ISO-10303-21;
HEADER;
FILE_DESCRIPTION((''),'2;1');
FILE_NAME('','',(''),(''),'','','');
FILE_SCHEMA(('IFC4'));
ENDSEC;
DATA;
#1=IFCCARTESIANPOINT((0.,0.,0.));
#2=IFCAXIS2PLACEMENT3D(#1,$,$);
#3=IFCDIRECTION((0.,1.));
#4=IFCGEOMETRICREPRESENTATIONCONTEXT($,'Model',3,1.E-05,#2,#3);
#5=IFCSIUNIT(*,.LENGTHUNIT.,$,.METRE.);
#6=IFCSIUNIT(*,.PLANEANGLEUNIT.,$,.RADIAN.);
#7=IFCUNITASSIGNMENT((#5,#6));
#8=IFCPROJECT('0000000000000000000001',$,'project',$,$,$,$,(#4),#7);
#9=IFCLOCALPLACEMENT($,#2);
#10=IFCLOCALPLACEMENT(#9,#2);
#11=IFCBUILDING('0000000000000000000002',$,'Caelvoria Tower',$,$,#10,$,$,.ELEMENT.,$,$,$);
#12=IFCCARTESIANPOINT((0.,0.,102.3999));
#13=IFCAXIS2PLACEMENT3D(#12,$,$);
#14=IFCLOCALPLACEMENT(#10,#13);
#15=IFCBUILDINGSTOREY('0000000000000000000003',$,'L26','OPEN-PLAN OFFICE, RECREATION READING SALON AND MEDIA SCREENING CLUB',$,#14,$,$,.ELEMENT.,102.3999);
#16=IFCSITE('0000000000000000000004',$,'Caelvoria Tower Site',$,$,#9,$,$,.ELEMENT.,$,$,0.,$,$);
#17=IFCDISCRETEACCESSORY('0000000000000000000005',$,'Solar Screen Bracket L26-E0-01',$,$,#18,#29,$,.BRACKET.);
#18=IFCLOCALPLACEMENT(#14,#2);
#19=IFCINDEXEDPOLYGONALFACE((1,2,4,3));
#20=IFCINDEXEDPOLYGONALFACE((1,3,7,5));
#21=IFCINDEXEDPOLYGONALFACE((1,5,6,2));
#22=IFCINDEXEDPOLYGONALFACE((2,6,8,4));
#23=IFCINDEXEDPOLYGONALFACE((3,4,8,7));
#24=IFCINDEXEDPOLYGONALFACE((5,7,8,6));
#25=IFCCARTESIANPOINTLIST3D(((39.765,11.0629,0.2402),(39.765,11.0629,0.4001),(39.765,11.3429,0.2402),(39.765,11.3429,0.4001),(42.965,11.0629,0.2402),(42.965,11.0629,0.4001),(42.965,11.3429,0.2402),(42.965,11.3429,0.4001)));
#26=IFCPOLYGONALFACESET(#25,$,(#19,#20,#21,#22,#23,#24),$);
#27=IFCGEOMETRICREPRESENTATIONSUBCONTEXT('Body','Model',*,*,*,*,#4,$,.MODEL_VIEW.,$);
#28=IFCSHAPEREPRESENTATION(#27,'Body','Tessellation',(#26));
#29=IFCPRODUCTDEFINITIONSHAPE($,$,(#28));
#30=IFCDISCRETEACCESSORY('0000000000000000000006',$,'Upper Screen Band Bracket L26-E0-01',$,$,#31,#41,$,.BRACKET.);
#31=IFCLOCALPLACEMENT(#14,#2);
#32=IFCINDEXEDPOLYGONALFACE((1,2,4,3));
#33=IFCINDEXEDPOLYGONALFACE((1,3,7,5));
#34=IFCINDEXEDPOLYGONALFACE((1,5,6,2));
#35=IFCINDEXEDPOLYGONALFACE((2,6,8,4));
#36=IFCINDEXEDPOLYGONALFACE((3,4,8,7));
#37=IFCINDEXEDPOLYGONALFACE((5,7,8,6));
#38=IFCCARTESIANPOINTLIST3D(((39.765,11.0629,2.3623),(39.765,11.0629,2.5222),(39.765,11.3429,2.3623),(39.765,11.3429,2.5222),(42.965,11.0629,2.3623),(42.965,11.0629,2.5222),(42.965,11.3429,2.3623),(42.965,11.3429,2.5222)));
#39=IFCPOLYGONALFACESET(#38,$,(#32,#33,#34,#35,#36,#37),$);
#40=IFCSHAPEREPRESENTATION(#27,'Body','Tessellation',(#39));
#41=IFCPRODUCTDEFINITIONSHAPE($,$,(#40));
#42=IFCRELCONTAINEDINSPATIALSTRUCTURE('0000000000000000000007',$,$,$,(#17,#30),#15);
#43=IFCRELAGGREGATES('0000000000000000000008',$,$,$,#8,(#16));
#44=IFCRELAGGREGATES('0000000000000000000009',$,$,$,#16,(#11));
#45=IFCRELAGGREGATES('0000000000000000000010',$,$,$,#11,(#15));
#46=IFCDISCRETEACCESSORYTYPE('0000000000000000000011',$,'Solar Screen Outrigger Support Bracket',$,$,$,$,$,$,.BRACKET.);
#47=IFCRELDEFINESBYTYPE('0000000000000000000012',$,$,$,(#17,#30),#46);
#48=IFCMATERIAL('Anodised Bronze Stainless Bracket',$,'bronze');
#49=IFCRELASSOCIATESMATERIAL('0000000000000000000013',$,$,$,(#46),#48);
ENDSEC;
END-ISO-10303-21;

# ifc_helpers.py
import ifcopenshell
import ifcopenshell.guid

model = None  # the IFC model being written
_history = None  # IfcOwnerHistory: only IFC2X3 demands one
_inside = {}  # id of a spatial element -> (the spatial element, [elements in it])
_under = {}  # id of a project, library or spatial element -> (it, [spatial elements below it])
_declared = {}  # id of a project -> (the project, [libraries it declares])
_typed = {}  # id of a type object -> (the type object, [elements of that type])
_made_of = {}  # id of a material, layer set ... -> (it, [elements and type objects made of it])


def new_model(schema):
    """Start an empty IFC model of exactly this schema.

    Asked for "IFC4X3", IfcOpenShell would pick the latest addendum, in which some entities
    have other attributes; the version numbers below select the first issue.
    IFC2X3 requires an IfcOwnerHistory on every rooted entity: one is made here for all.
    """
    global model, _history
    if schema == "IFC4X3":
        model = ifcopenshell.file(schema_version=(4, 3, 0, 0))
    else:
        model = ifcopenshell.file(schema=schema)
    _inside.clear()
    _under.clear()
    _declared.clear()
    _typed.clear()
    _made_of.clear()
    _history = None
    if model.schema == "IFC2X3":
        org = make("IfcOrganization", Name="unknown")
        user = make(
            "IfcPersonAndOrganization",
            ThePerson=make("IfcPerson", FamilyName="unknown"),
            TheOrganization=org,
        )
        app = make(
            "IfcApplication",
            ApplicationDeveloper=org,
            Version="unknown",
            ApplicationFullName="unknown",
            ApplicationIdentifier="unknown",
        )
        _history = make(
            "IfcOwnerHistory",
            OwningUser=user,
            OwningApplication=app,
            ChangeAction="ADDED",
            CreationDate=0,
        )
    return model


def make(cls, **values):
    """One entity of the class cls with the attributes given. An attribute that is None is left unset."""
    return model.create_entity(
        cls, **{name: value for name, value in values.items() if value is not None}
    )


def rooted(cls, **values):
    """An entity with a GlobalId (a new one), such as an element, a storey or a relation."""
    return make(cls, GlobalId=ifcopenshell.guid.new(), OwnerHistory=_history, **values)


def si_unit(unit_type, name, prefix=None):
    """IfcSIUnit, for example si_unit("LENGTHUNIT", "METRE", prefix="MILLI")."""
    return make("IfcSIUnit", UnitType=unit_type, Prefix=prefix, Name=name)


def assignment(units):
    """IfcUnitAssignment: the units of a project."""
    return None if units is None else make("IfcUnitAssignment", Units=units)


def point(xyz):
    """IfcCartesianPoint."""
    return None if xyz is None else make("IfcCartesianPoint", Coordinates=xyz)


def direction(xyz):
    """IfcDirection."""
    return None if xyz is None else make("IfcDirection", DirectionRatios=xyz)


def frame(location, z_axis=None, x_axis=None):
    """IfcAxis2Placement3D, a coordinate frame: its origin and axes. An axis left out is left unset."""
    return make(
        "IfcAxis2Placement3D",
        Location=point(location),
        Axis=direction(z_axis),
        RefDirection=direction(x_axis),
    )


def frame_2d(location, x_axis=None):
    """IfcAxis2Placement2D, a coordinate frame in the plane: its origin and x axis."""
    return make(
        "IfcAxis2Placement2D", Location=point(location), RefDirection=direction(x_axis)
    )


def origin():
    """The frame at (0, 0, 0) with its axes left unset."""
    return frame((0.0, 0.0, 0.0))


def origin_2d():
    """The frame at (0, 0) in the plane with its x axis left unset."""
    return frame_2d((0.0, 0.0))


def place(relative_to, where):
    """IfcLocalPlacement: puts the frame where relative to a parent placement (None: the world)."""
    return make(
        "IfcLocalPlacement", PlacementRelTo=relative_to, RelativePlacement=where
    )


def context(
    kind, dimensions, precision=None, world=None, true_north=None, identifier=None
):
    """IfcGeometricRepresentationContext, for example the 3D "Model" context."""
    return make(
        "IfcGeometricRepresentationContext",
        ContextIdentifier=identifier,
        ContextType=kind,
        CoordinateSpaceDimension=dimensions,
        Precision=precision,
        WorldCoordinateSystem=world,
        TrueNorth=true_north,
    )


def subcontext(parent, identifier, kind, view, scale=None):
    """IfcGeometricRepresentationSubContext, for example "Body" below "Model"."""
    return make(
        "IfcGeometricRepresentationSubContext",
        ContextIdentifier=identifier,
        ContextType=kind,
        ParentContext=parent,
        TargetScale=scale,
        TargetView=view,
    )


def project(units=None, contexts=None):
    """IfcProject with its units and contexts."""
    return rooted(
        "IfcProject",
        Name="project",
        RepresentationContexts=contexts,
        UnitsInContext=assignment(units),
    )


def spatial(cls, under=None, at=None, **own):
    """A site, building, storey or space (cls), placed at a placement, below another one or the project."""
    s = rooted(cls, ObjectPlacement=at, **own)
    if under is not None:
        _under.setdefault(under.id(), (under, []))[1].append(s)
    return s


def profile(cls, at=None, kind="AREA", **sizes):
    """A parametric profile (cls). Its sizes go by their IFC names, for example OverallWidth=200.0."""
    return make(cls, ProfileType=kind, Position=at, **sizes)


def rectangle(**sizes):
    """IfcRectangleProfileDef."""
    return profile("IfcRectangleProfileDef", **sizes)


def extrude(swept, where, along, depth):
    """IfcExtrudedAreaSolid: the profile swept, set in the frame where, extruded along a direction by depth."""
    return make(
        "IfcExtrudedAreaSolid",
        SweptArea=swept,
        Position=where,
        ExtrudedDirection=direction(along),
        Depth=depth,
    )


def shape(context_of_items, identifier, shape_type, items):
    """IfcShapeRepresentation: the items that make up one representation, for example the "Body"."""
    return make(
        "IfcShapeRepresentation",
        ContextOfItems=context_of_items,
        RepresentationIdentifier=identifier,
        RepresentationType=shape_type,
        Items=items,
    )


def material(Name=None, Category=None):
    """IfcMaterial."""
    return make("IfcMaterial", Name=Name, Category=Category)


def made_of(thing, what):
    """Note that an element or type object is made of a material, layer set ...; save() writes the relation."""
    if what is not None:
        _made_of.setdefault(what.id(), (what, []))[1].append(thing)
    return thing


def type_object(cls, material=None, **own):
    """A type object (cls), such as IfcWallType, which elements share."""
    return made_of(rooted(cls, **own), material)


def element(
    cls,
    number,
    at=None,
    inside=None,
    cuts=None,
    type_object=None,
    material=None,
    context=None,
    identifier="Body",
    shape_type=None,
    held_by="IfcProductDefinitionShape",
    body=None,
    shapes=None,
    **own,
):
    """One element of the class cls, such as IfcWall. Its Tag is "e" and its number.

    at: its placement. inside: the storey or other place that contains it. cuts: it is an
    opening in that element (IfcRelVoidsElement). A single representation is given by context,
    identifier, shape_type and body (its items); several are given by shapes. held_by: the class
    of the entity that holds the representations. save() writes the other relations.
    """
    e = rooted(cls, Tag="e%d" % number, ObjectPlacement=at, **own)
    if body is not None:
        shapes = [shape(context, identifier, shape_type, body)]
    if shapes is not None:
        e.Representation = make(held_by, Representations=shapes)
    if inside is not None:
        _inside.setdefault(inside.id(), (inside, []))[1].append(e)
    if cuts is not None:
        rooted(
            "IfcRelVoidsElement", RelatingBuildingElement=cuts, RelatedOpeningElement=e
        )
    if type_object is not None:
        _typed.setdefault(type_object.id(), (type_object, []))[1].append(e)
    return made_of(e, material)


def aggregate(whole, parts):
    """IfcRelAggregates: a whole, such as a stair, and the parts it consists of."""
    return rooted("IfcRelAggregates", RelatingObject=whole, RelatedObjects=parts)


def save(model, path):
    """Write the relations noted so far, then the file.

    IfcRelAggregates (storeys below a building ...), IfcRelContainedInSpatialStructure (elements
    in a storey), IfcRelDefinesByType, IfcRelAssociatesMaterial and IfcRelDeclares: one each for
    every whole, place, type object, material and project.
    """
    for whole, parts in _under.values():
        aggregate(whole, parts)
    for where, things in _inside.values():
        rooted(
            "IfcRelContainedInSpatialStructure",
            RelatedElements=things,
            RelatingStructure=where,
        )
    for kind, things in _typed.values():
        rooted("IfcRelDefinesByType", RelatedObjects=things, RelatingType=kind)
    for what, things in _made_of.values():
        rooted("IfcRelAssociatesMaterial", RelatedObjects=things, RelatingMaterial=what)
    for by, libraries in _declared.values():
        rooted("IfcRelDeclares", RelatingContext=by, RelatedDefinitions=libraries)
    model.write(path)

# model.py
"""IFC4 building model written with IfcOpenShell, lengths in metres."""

from ifc_helpers import new_model, si_unit, direction, frame, origin, origin_2d, place, context, subcontext, project, spatial, rectangle, extrude, material, type_object, element, save


model = new_model("IFC4")

# Units and contexts
model_context = context("Model", 3, precision=1e-05, world=origin(), true_north=direction((0.0, 1.0)))
body_context = subcontext(model_context, "Body", "Model", "MODEL_VIEW")
ifc_project = project(units=[si_unit("LENGTHUNIT", "METRE"), si_unit("PLANEANGLEUNIT", "RADIAN")], contexts=[model_context])

# Site, building, storey
site_placement = place(None, origin())
site = spatial("IfcSite", under=ifc_project, at=site_placement, Name="Caelvoria Tower Site", CompositionType="ELEMENT", RefElevation=0.0)
building_placement = place(site_placement, origin())
building = spatial("IfcBuilding", under=site, at=building_placement, Name="Caelvoria Tower", CompositionType="ELEMENT")
storey_placement = place(building_placement, frame((0.0, 0.0, 102.3999)))
storey = spatial("IfcBuildingStorey", under=building, at=storey_placement, Name="L26", Description="OPEN-PLAN OFFICE, RECREATION READING SALON AND MEDIA SCREENING CLUB", CompositionType="ELEMENT", Elevation=102.3999)

# Discrete accessories
ifc_material_1 = material(Name="Anodised Bronze Stainless Bracket", Category="bronze")
discrete_accessory_type = type_object("IfcDiscreteAccessoryType", Name="Solar Screen Outrigger Support Bracket", PredefinedType="BRACKET", material=ifc_material_1)
for number, where, z_axis, x_axis, name in (
    (1, (41.365, 11.2029, 0.2402), (0.0, 0.0, 1.0), (1.0, 0.0, 0.0), "Solar Screen Bracket L26-E0-01"),
    (2, (41.365, 11.2029, 2.3623), (0.0, 0.0, 1.0), (1.0, 0.0, 0.0), "Upper Screen Band Bracket L26-E0-01"),
):
    element("IfcDiscreteAccessory", number, at=place(storey_placement, frame(where, z_axis=z_axis, x_axis=x_axis)), inside=storey, type_object=discrete_accessory_type, Name=name, PredefinedType="BRACKET", context=body_context, shape_type="SweptSolid", body=[
        extrude(rectangle(XDim=3.2, YDim=0.28, at=origin_2d()), origin(), (0.0, 0.0, 1.0), 0.1599),
    ])

save(model, "model.ifc")
